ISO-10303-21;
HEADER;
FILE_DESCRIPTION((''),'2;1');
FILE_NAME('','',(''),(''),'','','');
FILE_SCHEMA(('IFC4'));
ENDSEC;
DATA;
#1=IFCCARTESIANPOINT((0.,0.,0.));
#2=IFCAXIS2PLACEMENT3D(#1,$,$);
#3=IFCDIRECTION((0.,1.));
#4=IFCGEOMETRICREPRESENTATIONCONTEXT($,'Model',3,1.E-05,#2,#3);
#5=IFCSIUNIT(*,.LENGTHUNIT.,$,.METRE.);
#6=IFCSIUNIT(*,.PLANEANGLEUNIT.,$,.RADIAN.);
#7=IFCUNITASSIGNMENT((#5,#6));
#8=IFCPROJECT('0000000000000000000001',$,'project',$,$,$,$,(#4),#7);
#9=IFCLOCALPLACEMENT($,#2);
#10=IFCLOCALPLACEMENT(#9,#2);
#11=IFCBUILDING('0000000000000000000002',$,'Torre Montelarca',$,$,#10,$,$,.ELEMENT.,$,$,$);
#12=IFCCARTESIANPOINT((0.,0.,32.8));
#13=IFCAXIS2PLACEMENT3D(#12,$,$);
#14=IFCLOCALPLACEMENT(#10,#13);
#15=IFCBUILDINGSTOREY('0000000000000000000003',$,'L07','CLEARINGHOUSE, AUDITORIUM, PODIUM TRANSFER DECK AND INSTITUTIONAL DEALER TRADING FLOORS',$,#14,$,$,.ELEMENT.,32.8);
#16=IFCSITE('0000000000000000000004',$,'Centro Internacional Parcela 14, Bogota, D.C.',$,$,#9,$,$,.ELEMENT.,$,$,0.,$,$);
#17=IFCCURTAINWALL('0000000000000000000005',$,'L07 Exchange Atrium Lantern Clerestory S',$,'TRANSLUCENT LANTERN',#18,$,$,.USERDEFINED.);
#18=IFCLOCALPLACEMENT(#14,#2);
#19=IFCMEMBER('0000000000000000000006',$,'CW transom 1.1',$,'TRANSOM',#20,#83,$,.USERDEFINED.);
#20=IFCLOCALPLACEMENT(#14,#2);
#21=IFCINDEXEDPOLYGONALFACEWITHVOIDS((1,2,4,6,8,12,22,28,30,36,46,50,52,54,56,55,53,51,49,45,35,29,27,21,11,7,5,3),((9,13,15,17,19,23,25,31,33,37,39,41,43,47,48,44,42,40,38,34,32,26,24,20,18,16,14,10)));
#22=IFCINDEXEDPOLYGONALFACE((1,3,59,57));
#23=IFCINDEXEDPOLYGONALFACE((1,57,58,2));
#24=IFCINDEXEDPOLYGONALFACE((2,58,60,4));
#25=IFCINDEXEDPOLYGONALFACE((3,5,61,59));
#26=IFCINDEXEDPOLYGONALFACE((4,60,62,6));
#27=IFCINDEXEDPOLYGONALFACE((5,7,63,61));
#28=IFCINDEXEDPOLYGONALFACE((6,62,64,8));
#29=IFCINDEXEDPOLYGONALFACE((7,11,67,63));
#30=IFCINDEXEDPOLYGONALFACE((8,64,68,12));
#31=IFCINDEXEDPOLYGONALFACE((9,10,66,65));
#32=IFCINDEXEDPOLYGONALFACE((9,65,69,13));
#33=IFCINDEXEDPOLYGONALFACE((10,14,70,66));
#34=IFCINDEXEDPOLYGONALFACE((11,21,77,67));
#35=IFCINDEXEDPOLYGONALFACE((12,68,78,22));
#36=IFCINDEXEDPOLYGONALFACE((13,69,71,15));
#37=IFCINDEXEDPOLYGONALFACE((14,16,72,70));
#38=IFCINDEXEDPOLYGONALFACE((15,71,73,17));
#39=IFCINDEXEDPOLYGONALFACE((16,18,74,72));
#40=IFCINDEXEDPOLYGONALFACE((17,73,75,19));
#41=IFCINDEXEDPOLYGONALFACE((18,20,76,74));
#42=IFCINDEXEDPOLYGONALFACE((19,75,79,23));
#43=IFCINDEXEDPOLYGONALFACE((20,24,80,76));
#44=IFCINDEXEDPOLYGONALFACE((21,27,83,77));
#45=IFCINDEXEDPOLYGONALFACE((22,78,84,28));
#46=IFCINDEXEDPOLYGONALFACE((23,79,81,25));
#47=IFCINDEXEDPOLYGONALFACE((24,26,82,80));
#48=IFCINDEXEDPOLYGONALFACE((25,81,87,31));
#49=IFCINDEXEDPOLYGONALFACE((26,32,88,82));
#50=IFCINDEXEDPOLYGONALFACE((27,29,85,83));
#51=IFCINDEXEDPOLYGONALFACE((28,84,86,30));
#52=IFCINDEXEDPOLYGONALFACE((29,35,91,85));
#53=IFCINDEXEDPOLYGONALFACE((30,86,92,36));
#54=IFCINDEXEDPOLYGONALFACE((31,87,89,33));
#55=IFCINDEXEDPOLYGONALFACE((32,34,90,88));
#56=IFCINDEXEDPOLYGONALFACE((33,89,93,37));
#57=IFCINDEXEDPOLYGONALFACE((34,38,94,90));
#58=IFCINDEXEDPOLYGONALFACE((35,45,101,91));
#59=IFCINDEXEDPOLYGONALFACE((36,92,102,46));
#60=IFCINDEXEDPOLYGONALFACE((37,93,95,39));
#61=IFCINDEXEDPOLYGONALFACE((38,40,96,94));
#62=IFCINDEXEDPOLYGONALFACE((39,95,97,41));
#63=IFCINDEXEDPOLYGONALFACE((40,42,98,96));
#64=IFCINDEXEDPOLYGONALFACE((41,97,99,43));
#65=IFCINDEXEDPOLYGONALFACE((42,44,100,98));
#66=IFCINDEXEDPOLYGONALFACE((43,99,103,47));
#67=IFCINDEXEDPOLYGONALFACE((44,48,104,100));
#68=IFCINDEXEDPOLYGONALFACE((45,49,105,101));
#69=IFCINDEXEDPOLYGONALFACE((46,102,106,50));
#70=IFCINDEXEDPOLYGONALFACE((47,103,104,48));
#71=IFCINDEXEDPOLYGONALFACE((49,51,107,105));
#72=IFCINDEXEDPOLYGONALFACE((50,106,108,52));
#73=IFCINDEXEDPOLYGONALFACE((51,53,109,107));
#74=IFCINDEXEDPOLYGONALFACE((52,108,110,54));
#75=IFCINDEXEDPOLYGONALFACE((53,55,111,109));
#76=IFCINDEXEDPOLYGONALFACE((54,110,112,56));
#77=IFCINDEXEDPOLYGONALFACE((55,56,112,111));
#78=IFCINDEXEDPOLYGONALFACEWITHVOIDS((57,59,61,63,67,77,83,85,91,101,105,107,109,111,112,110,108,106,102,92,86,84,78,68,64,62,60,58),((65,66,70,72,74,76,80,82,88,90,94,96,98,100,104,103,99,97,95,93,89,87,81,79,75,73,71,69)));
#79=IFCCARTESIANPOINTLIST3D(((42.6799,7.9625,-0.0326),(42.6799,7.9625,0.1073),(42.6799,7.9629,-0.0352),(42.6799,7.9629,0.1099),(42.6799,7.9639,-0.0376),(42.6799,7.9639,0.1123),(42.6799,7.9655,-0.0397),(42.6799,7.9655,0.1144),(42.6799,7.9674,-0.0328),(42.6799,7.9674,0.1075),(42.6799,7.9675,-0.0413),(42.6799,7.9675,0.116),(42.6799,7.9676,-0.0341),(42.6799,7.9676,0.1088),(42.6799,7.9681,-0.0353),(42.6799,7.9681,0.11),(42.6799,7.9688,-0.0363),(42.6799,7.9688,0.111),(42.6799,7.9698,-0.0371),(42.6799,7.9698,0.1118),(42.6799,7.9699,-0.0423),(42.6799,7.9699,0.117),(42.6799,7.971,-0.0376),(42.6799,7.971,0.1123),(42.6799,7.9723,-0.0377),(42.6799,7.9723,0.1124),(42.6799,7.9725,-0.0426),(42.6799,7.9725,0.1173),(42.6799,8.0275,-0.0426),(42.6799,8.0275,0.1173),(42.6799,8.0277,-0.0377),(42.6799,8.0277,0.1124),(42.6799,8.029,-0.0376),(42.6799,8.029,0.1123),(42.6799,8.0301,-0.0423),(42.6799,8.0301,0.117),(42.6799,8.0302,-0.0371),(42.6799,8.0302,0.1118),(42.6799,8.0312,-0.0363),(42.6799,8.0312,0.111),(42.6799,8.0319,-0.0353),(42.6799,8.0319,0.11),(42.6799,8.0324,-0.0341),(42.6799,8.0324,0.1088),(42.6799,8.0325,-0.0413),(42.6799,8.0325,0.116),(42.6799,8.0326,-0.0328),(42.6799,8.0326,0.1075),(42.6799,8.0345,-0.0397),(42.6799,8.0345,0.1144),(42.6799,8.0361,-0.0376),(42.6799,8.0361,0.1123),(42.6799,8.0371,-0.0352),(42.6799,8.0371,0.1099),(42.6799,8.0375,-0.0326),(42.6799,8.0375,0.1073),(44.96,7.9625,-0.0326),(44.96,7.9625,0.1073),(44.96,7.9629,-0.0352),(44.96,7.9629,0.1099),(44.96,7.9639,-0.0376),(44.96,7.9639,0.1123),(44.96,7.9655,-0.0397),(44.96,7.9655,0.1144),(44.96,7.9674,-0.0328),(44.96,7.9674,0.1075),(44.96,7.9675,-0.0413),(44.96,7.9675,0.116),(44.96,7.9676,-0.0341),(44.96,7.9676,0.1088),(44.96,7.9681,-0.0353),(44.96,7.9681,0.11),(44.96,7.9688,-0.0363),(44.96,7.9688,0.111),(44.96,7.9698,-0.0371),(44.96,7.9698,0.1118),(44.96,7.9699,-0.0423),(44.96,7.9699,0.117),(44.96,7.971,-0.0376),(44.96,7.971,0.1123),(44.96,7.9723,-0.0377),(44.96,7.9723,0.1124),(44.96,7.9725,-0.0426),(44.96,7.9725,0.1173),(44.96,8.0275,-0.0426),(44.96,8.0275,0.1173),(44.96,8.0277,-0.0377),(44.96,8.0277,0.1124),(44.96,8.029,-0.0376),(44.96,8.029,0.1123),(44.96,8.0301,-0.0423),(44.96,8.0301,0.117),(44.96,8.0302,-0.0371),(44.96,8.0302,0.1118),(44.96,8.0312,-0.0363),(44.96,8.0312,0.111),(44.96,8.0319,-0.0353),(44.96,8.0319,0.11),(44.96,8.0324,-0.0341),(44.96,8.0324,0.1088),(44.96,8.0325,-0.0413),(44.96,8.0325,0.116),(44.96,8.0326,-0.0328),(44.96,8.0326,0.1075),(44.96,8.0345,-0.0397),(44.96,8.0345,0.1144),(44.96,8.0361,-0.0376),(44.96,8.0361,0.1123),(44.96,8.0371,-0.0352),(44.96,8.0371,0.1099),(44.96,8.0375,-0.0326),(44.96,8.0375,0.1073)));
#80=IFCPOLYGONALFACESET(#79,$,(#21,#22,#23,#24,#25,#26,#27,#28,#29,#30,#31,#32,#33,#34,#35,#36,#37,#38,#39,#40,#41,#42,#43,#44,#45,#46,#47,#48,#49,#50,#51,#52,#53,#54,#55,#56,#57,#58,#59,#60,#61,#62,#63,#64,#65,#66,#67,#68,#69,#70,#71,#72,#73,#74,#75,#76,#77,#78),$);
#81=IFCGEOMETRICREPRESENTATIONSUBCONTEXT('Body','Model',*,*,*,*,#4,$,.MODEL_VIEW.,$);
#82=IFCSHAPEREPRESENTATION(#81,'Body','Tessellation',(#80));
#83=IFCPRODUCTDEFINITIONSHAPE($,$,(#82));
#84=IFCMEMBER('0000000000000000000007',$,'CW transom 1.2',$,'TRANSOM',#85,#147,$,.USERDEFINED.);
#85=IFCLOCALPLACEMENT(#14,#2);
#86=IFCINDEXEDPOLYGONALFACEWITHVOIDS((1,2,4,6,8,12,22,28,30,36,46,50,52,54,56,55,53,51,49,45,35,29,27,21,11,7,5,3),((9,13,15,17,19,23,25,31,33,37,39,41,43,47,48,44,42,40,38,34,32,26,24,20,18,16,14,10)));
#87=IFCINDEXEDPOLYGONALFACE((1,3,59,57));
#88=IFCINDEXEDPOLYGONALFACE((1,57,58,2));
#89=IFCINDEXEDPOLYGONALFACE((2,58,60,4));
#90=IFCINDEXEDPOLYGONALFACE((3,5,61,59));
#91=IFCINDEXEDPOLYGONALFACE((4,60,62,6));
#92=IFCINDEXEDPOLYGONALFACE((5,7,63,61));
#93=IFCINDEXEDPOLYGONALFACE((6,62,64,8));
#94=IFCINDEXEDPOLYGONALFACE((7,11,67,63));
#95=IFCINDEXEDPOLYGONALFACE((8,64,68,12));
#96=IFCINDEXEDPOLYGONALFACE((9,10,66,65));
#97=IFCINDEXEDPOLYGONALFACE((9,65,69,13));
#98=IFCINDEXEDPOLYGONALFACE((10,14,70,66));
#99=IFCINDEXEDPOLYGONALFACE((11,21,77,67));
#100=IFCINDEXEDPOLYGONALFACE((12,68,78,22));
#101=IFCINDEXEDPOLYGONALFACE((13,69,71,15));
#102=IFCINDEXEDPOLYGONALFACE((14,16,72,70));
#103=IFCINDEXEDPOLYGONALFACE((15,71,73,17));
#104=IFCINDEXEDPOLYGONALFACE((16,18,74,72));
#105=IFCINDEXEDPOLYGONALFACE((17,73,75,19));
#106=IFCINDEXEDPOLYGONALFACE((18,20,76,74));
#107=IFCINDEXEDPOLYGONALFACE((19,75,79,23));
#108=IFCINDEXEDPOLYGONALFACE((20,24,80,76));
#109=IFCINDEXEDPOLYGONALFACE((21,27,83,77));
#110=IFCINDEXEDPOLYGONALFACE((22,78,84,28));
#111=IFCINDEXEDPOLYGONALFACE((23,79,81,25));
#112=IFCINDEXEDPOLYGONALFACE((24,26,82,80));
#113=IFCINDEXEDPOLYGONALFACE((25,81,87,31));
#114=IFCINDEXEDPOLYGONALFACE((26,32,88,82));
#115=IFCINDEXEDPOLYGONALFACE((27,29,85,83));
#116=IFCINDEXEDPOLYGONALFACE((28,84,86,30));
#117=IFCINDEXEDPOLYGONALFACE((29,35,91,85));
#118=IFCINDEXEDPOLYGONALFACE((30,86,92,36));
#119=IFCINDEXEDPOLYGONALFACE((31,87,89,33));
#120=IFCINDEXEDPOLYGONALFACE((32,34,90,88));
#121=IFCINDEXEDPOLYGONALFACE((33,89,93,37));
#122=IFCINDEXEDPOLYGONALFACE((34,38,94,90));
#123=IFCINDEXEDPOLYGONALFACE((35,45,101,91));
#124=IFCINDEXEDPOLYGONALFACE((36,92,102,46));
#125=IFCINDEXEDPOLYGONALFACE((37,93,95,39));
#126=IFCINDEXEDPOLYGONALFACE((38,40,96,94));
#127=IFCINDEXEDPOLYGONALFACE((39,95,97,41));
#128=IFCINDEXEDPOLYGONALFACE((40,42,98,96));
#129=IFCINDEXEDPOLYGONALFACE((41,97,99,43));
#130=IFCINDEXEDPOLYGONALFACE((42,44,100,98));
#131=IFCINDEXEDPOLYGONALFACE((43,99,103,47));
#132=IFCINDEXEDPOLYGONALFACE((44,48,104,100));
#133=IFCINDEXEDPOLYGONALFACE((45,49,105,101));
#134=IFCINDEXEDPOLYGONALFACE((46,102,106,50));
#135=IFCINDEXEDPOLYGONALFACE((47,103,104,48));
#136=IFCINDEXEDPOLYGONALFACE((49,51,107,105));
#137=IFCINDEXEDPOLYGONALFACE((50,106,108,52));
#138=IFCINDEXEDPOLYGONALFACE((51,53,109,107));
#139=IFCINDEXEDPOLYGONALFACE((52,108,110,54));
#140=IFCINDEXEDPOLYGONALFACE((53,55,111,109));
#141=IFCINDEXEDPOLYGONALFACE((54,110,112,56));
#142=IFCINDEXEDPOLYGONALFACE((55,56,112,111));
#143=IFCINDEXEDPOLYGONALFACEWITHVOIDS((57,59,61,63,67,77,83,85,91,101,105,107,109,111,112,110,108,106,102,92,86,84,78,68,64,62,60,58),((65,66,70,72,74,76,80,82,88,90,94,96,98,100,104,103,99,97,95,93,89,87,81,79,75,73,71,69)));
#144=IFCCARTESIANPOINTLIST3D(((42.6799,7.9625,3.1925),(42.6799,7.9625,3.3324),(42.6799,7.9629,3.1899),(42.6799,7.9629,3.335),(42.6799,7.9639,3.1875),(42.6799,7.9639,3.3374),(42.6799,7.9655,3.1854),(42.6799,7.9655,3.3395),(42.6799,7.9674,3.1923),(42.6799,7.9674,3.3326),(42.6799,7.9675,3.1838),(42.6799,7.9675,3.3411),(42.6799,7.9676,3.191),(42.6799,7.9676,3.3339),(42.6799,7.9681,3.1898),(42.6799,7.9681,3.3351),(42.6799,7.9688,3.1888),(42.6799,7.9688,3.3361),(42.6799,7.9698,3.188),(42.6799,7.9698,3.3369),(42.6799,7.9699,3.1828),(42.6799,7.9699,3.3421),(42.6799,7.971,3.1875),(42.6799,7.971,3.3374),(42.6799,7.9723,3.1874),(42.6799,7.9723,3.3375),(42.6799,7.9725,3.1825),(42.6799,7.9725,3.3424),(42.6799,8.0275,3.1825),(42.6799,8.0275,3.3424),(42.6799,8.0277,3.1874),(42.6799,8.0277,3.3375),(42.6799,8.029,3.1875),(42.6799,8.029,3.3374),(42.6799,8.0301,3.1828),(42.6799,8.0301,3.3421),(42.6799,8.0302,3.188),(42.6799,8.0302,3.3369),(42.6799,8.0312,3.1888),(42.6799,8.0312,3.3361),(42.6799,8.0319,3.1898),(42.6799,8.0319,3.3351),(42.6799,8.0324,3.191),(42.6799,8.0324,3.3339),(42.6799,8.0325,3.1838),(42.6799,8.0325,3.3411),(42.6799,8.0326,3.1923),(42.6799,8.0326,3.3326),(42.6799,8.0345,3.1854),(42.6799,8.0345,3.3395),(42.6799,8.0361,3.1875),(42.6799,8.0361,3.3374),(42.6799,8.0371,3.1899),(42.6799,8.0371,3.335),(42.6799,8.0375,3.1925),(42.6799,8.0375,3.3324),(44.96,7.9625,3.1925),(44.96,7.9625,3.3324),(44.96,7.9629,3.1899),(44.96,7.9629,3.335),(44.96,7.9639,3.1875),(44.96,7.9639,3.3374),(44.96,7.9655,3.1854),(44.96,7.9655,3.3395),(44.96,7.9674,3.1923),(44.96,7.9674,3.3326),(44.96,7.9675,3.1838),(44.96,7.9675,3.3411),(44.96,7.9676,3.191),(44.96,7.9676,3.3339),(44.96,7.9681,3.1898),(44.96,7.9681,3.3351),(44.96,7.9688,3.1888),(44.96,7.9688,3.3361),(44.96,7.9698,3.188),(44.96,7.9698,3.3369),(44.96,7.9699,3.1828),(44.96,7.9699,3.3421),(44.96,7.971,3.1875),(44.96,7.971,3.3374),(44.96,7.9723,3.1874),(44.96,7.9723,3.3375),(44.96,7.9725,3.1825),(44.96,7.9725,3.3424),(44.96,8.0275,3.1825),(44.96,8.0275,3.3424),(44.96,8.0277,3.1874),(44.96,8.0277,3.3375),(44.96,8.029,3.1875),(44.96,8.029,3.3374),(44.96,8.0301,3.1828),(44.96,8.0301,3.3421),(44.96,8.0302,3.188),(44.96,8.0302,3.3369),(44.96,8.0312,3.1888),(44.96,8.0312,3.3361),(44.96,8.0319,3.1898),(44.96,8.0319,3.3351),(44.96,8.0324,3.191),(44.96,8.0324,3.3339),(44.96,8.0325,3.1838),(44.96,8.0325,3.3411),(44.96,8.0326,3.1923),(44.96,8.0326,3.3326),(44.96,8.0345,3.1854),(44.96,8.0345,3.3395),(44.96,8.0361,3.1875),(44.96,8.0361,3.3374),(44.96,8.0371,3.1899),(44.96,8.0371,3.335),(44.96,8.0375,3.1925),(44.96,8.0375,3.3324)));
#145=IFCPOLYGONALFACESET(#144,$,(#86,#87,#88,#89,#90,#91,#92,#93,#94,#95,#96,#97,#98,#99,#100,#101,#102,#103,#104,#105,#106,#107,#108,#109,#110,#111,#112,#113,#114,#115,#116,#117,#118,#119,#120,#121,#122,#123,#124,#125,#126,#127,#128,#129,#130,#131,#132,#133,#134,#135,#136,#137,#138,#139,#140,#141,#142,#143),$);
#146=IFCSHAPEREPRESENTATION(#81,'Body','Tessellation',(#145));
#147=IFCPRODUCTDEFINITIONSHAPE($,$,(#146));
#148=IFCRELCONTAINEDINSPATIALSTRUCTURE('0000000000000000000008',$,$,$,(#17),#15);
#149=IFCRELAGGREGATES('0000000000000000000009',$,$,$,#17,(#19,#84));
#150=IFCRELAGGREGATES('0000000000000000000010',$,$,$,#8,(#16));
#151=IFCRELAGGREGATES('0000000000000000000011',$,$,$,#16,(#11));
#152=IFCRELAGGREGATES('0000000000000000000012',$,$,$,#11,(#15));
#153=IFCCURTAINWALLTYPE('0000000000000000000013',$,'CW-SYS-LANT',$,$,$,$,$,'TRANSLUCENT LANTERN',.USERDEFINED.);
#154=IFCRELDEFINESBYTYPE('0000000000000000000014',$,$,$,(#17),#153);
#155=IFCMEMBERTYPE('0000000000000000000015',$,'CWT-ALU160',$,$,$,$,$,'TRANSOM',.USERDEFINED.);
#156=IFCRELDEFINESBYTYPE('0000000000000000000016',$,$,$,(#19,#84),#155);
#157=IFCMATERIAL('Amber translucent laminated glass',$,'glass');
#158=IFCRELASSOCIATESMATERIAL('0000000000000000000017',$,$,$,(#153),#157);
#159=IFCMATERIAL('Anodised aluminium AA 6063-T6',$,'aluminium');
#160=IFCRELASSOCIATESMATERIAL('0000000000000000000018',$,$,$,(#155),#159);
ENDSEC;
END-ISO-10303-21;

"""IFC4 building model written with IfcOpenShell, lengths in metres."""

from ifc_helpers import new_model, si_unit, direction, frame, origin, origin_2d, place, context, subcontext, project, spatial, hollow_rectangle, extrude, source, transform, mapped, material, material_profile, profile_set, type_object, element, aggregate, save


model = new_model("IFC4")

# Units and contexts
model_context = context("Model", 3, precision=1e-05, world=origin(), true_north=direction((0.0, 1.0)))
body_context = subcontext(model_context, "Body", "Model", "MODEL_VIEW")
ifc_project = project(units=[si_unit("LENGTHUNIT", "METRE"), si_unit("PLANEANGLEUNIT", "RADIAN")], contexts=[model_context])

# Site, building, storey
site_placement = place(None, origin())
site = spatial("IfcSite", under=ifc_project, at=site_placement, Name="Centro Internacional Parcela 14, Bogota, D.C.", CompositionType="ELEMENT", RefElevation=0.0)
building_placement = place(site_placement, origin())
building = spatial("IfcBuilding", under=site, at=building_placement, Name="Torre Montelarca", CompositionType="ELEMENT")
storey_placement = place(building_placement, frame((0.0, 0.0, 32.8)))
storey = spatial("IfcBuildingStorey", under=building, at=storey_placement, Name="L07", Description="CLEARINGHOUSE, AUDITORIUM, PODIUM TRANSFER DECK AND INSTITUTIONAL DEALER TRADING FLOORS", CompositionType="ELEMENT", Elevation=32.8)

# Curtain wall
ifc_material_1 = material(Name="Amber translucent laminated glass", Category="glass")
curtain_wall_type = type_object("IfcCurtainWallType", Name="CW-SYS-LANT", ElementType="TRANSLUCENT LANTERN", PredefinedType="USERDEFINED", material=ifc_material_1)
curtain_wall_1_placement = place(storey_placement, origin())
curtain_wall_1 = element("IfcCurtainWall", 1, at=curtain_wall_1_placement, inside=storey, type_object=curtain_wall_type, Name="L07 Exchange Atrium Lantern Clerestory S", ObjectType="TRANSLUCENT LANTERN", PredefinedType="USERDEFINED")
ifc_material_2 = material(Name="Anodised aluminium AA 6063-T6", Category="aluminium")

# Members
ifc_material_profile_1 = material_profile(ifc_material_2, hollow_rectangle(XDim=0.075, YDim=0.1599, WallThickness=0.0049, InnerFilletRadius=0.0049, OuterFilletRadius=0.01, at=origin_2d()), Name="ALU75X160X5", Category="aluminium")
ifc_profile_set_1 = profile_set([ifc_material_profile_1], Name="Anodised aluminium AA 6063-T6")
member_type_1 = type_object("IfcMemberType", Name="CWT-ALU160", ElementType="TRANSOM", PredefinedType="USERDEFINED", material=ifc_profile_set_1)
shared_shape_1 = source(origin(), body_context, "Body", "SweptSolid", [
    extrude(hollow_rectangle(XDim=0.075, YDim=0.1599, WallThickness=0.0049, InnerFilletRadius=0.0049, OuterFilletRadius=0.01, at=origin_2d()), origin(), (0.0, 0.0, 1.0), 2.28),
])
member_1_placement = place(storey_placement, frame((42.6799, 8.0, 0.0374), z_axis=(1.0, 0.0, 0.0), x_axis=(0.0, 1.0, 0.0)))
member_1 = element("IfcMember", 2, at=member_1_placement, type_object=member_type_1, Name="CW transom 1.1", ObjectType="TRANSOM", PredefinedType="USERDEFINED", context=body_context, shape_type="MappedRepresentation", body=[
    mapped(shared_shape_1, transform((0.0, 0.0, 0.0), scale=1.0)),
])
member_2_placement = place(storey_placement, frame((42.6799, 8.0, 3.2625), z_axis=(1.0, 0.0, 0.0), x_axis=(0.0, 1.0, 0.0)))
member_2 = element("IfcMember", 3, at=member_2_placement, type_object=member_type_1, Name="CW transom 1.2", ObjectType="TRANSOM", PredefinedType="USERDEFINED", context=body_context, shape_type="MappedRepresentation", body=[
    mapped(shared_shape_1, transform((0.0, 0.0, 0.0), scale=1.0)),
])

aggregate(curtain_wall_1, [member_1, member_2])

save(model, "model.ifc")
